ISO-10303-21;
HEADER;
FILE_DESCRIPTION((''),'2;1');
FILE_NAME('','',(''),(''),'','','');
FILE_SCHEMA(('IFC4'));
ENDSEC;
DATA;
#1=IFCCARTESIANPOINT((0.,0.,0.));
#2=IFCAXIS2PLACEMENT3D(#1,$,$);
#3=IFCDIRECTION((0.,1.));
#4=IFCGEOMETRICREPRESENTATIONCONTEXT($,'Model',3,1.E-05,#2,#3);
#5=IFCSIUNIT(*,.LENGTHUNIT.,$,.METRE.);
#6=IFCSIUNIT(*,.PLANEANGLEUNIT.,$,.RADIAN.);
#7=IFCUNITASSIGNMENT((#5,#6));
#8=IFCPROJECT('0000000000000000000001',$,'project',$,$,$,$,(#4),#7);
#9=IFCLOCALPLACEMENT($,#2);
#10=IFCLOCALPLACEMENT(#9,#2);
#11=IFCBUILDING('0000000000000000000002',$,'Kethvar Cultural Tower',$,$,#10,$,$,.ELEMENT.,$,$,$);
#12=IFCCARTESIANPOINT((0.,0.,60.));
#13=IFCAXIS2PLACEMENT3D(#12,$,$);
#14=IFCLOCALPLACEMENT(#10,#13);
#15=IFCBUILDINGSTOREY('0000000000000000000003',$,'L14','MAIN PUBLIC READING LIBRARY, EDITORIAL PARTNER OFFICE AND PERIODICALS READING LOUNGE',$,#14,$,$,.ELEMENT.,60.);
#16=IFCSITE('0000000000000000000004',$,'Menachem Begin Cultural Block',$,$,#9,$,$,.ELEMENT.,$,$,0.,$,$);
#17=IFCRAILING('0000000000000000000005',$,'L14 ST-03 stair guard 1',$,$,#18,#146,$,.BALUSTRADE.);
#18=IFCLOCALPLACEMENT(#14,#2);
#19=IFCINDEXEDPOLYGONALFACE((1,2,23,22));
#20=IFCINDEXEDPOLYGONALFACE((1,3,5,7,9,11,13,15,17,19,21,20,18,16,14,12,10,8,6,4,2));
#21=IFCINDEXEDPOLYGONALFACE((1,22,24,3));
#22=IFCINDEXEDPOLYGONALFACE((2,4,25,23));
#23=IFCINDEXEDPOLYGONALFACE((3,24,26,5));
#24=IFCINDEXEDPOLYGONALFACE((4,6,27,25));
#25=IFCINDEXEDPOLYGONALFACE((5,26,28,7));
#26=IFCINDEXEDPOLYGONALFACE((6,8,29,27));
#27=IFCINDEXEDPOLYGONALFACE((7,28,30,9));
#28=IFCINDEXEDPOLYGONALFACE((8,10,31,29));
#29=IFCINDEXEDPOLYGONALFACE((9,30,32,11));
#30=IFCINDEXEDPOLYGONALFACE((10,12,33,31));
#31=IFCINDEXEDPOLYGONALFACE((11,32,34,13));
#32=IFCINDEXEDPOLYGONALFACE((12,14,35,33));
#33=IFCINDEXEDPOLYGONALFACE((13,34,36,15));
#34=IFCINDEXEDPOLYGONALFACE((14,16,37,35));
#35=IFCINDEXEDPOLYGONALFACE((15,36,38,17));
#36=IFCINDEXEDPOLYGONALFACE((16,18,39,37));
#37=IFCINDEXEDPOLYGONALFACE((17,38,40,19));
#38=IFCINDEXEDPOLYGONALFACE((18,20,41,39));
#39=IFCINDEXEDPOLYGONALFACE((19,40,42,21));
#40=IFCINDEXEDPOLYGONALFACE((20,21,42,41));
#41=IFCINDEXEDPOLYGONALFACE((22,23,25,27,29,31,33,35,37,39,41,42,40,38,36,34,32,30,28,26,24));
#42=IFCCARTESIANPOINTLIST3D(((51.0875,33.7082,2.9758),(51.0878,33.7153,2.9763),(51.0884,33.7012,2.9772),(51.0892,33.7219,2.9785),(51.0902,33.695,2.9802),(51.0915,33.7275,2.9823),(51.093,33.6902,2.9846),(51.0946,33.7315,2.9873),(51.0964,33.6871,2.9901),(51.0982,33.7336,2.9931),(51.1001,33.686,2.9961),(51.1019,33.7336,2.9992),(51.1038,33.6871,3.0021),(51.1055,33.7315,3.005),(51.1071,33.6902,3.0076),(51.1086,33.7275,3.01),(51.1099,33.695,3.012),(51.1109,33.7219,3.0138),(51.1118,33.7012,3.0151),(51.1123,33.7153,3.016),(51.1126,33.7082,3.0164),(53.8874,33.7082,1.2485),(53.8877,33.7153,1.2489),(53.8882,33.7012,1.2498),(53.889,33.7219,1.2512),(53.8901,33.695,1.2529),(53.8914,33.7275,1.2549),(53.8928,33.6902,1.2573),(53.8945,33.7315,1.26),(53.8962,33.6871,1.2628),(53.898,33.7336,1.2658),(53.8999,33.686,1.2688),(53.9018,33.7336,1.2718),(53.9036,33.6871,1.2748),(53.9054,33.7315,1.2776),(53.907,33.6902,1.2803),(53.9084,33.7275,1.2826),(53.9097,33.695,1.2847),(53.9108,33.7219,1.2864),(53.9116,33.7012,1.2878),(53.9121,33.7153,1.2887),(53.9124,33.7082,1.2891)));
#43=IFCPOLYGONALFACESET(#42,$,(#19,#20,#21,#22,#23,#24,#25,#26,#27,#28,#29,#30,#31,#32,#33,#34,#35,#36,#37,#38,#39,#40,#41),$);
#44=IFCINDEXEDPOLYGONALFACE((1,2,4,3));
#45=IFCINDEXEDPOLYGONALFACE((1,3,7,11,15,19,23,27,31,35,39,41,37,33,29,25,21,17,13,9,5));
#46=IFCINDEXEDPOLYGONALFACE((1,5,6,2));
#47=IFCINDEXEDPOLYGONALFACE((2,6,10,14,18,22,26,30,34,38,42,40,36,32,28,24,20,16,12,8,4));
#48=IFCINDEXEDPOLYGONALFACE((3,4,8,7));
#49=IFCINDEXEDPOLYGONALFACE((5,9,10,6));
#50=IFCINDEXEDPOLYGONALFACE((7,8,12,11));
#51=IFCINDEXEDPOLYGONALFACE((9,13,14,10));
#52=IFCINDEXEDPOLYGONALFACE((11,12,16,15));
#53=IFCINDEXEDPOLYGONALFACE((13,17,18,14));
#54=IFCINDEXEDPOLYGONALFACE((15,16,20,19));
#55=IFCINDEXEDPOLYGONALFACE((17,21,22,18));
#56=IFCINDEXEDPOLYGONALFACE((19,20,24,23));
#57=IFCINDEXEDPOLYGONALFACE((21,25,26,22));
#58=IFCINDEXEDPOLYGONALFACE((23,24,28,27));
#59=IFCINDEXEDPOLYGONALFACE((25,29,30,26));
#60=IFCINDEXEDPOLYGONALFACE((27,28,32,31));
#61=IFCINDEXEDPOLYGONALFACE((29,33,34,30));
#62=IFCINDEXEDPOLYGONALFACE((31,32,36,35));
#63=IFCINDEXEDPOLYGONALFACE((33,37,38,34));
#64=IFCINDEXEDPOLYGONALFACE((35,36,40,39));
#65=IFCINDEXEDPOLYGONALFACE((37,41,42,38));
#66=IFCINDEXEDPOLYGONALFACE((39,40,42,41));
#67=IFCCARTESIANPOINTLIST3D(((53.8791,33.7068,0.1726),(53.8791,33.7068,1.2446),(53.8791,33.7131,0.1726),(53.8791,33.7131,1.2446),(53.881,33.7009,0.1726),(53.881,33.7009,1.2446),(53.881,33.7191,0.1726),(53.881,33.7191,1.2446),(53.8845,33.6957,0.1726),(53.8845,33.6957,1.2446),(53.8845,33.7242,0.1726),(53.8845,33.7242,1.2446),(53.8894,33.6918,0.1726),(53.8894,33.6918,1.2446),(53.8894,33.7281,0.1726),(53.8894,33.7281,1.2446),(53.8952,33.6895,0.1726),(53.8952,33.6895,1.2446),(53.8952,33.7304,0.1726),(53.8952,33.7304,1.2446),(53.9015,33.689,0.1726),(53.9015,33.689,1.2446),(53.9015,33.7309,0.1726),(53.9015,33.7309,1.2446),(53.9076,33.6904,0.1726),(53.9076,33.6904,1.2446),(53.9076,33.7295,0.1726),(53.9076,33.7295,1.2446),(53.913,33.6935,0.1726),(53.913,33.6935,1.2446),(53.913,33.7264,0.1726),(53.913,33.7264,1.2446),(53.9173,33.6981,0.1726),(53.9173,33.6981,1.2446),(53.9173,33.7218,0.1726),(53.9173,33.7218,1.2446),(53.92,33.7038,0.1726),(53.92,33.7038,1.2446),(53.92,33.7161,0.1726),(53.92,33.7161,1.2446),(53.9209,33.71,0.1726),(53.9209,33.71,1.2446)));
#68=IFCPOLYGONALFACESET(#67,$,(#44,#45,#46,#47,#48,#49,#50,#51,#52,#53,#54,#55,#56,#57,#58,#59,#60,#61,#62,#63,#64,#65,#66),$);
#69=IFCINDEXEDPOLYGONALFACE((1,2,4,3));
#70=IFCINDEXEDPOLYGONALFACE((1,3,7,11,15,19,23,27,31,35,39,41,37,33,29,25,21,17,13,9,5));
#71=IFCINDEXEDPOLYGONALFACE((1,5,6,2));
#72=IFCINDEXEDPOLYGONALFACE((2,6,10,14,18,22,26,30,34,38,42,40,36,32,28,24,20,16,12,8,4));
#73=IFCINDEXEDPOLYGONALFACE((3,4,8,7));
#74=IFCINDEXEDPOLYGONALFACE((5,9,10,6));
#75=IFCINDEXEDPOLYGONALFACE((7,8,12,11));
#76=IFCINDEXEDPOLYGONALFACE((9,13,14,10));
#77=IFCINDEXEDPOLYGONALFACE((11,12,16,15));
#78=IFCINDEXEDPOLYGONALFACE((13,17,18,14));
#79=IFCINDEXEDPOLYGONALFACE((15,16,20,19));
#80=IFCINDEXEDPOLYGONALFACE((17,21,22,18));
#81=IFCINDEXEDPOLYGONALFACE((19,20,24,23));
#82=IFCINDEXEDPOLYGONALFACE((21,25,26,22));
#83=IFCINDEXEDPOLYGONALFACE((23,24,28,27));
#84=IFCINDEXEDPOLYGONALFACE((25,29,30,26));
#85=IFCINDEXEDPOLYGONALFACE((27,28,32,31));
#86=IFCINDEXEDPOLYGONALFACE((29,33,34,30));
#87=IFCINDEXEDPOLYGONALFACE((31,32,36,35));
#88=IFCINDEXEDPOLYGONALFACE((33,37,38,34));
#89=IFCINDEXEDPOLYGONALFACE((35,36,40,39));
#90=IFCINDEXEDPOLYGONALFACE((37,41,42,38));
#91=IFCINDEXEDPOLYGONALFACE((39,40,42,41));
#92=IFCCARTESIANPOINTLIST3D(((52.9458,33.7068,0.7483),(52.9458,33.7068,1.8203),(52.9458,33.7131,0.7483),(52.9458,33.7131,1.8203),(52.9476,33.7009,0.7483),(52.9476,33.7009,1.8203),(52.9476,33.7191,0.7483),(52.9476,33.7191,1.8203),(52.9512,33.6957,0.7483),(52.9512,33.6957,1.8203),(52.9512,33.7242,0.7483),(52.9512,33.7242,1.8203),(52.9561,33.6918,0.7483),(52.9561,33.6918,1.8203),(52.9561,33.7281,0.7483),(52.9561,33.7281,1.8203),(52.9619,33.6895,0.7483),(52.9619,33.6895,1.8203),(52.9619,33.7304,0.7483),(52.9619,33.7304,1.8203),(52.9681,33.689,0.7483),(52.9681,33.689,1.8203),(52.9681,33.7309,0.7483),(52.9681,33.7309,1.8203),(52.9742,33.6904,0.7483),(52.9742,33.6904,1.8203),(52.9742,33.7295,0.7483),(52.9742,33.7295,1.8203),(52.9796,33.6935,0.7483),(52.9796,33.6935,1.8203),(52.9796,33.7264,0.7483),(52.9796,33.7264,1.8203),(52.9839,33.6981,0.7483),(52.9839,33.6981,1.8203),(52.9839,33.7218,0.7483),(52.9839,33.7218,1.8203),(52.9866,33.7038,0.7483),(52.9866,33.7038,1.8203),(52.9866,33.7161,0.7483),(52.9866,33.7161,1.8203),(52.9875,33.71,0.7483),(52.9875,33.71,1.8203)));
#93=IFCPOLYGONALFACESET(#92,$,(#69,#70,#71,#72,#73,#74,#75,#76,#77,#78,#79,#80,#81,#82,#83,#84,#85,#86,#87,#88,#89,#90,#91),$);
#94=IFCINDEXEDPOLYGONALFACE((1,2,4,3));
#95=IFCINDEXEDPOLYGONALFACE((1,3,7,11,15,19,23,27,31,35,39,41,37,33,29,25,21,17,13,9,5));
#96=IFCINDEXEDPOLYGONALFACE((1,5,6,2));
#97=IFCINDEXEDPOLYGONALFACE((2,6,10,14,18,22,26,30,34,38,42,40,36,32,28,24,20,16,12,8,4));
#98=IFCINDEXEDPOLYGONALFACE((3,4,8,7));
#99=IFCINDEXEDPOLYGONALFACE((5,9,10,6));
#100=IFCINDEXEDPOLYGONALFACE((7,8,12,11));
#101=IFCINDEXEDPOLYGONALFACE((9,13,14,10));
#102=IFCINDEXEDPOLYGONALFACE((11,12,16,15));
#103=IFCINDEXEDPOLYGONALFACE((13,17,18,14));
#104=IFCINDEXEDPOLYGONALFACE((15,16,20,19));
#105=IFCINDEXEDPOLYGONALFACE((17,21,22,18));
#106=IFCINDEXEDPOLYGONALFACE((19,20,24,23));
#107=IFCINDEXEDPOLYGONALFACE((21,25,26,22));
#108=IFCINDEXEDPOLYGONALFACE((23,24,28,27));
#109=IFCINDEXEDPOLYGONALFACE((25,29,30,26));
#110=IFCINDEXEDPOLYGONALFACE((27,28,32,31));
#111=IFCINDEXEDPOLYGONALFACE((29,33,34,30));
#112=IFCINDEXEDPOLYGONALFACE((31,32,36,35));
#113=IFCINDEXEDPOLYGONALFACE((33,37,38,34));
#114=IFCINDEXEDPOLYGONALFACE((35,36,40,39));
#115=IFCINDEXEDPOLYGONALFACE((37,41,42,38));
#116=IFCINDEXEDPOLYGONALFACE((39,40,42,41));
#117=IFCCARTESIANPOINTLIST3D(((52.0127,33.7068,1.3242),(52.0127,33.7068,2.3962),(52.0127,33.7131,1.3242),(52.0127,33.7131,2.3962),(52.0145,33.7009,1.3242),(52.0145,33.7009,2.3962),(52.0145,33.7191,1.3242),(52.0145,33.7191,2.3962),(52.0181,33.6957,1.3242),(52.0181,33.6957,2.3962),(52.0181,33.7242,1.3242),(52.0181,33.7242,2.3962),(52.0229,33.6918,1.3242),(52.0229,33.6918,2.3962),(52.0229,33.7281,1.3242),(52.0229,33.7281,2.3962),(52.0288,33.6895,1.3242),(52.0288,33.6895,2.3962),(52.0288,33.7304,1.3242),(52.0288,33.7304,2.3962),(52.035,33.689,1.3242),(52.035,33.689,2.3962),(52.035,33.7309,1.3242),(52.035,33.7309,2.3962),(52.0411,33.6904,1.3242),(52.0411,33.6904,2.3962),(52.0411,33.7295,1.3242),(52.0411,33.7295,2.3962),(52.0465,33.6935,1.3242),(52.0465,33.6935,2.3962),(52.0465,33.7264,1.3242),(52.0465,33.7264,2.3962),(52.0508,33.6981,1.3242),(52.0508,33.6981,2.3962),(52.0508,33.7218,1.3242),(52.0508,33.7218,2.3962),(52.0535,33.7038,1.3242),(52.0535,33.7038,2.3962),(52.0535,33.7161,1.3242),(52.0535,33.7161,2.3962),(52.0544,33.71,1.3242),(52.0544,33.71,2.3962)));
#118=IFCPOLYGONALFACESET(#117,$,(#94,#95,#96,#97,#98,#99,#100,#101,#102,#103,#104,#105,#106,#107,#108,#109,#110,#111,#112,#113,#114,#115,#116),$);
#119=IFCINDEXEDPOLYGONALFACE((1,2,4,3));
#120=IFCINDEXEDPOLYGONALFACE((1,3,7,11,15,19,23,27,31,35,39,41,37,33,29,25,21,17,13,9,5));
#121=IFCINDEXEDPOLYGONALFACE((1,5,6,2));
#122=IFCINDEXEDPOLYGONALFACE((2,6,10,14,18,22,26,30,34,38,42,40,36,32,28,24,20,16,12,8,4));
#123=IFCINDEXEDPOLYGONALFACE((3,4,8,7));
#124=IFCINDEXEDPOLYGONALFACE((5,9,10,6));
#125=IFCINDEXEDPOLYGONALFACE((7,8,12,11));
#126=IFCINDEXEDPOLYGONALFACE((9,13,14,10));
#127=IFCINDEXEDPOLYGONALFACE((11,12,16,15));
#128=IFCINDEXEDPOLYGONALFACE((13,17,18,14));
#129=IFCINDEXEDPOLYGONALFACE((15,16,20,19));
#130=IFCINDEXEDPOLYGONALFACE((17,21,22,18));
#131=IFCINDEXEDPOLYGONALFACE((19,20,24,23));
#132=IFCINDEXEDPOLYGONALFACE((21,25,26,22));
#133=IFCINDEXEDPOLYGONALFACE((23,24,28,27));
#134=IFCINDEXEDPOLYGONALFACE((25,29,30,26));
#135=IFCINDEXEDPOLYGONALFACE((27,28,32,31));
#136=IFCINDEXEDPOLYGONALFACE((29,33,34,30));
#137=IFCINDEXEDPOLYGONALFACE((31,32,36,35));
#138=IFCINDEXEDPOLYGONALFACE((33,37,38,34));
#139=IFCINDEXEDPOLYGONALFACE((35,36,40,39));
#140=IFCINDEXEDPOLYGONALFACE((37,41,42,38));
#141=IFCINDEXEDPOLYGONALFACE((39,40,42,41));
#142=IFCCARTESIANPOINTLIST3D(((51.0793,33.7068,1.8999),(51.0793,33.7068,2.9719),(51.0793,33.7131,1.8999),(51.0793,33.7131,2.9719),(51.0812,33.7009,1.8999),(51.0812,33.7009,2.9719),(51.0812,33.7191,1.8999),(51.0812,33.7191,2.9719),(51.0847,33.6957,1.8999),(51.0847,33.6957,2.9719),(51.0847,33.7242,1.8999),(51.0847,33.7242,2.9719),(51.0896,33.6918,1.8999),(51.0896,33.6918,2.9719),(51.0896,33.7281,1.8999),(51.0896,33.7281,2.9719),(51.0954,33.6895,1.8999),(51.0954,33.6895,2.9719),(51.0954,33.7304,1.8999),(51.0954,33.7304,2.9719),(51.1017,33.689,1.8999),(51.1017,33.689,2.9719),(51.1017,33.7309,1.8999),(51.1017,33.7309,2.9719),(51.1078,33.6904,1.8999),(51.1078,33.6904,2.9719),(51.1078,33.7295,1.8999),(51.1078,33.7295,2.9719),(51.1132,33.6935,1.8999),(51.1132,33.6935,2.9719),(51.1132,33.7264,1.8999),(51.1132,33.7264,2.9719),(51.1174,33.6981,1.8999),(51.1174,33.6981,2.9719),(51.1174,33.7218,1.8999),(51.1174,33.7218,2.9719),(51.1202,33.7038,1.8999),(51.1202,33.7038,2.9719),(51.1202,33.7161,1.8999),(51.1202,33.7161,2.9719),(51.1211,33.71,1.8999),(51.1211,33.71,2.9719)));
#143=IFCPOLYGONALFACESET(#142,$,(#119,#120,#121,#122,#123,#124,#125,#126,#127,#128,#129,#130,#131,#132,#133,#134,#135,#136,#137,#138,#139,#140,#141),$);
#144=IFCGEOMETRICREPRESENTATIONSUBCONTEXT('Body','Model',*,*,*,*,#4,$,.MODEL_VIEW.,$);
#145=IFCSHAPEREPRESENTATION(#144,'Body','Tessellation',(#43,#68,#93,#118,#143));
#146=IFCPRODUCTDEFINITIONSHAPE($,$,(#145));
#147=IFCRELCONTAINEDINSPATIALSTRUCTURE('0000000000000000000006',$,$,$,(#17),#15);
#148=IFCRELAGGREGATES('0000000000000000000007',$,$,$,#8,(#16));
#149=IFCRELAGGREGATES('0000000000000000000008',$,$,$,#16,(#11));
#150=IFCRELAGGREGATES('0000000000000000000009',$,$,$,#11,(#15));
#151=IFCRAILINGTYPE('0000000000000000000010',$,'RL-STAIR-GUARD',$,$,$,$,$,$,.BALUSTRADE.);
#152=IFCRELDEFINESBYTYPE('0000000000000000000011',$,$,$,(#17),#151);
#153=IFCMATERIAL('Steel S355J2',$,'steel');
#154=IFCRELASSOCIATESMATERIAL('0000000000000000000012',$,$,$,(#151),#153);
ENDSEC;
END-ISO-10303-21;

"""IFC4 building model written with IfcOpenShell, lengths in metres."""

from ifc_helpers import new_model, si_unit, direction, frame, origin, origin_2d, place, context, subcontext, project, spatial, circle, extrude, material, type_object, element, save


model = new_model("IFC4")

# Units and contexts
model_context = context("Model", 3, precision=1e-05, world=origin(), true_north=direction((0.0, 1.0)))
body_context = subcontext(model_context, "Body", "Model", "MODEL_VIEW")
ifc_project = project(units=[si_unit("LENGTHUNIT", "METRE"), si_unit("PLANEANGLEUNIT", "RADIAN")], contexts=[model_context])

# Site, building, storey
site_placement = place(None, origin())
site = spatial("IfcSite", under=ifc_project, at=site_placement, Name="Menachem Begin Cultural Block", CompositionType="ELEMENT", RefElevation=0.0)
building_placement = place(site_placement, origin())
building = spatial("IfcBuilding", under=site, at=building_placement, Name="Kethvar Cultural Tower", CompositionType="ELEMENT")
storey_placement = place(building_placement, frame((0.0, 0.0, 60.0)))
storey = spatial("IfcBuildingStorey", under=building, at=storey_placement, Name="L14", Description="MAIN PUBLIC READING LIBRARY, EDITORIAL PARTNER OFFICE AND PERIODICALS READING LOUNGE", CompositionType="ELEMENT", Elevation=60.0)

# Shared definitions
ifc_material_1 = material(Name="Steel S355J2", Category="steel")

# Railing
railing_type_1 = type_object("IfcRailingType", Name="RL-STAIR-GUARD", PredefinedType="BALUSTRADE", material=ifc_material_1)
railing_1_placement = place(storey_placement, frame((53.8999, 33.71, 0.1726)))
element("IfcRailing", 1, at=railing_1_placement, inside=storey, type_object=railing_type_1, Name="L14 ST-03 stair guard 1", PredefinedType="BALUSTRADE", context=body_context, shape_type="SweptSolid", body=[
    extrude(circle(Radius=0.0239, at=origin_2d()), frame((0.0, 0.0, 1.0962), z_axis=(-0.851069, 0.0, 0.525054), x_axis=(0.0, -1.0, 0.0)), (0.0, 0.0, 1.0), 3.2898),
    extrude(circle(Radius=0.021, at=origin_2d()), origin(), (0.0, 0.0, 1.0), 1.072),
    extrude(circle(Radius=0.021, at=origin_2d()), frame((-0.9333, 0.0, 0.5757)), (0.0, 0.0, 1.0), 1.072),
    extrude(circle(Radius=0.021, at=origin_2d()), frame((-1.8665, 0.0, 1.1516)), (0.0, 0.0, 1.0), 1.072),
    extrude(circle(Radius=0.021, at=origin_2d()), frame((-2.7998, 0.0, 1.7273)), (0.0, 0.0, 1.0), 1.072),
])

save(model, "model.ifc")
